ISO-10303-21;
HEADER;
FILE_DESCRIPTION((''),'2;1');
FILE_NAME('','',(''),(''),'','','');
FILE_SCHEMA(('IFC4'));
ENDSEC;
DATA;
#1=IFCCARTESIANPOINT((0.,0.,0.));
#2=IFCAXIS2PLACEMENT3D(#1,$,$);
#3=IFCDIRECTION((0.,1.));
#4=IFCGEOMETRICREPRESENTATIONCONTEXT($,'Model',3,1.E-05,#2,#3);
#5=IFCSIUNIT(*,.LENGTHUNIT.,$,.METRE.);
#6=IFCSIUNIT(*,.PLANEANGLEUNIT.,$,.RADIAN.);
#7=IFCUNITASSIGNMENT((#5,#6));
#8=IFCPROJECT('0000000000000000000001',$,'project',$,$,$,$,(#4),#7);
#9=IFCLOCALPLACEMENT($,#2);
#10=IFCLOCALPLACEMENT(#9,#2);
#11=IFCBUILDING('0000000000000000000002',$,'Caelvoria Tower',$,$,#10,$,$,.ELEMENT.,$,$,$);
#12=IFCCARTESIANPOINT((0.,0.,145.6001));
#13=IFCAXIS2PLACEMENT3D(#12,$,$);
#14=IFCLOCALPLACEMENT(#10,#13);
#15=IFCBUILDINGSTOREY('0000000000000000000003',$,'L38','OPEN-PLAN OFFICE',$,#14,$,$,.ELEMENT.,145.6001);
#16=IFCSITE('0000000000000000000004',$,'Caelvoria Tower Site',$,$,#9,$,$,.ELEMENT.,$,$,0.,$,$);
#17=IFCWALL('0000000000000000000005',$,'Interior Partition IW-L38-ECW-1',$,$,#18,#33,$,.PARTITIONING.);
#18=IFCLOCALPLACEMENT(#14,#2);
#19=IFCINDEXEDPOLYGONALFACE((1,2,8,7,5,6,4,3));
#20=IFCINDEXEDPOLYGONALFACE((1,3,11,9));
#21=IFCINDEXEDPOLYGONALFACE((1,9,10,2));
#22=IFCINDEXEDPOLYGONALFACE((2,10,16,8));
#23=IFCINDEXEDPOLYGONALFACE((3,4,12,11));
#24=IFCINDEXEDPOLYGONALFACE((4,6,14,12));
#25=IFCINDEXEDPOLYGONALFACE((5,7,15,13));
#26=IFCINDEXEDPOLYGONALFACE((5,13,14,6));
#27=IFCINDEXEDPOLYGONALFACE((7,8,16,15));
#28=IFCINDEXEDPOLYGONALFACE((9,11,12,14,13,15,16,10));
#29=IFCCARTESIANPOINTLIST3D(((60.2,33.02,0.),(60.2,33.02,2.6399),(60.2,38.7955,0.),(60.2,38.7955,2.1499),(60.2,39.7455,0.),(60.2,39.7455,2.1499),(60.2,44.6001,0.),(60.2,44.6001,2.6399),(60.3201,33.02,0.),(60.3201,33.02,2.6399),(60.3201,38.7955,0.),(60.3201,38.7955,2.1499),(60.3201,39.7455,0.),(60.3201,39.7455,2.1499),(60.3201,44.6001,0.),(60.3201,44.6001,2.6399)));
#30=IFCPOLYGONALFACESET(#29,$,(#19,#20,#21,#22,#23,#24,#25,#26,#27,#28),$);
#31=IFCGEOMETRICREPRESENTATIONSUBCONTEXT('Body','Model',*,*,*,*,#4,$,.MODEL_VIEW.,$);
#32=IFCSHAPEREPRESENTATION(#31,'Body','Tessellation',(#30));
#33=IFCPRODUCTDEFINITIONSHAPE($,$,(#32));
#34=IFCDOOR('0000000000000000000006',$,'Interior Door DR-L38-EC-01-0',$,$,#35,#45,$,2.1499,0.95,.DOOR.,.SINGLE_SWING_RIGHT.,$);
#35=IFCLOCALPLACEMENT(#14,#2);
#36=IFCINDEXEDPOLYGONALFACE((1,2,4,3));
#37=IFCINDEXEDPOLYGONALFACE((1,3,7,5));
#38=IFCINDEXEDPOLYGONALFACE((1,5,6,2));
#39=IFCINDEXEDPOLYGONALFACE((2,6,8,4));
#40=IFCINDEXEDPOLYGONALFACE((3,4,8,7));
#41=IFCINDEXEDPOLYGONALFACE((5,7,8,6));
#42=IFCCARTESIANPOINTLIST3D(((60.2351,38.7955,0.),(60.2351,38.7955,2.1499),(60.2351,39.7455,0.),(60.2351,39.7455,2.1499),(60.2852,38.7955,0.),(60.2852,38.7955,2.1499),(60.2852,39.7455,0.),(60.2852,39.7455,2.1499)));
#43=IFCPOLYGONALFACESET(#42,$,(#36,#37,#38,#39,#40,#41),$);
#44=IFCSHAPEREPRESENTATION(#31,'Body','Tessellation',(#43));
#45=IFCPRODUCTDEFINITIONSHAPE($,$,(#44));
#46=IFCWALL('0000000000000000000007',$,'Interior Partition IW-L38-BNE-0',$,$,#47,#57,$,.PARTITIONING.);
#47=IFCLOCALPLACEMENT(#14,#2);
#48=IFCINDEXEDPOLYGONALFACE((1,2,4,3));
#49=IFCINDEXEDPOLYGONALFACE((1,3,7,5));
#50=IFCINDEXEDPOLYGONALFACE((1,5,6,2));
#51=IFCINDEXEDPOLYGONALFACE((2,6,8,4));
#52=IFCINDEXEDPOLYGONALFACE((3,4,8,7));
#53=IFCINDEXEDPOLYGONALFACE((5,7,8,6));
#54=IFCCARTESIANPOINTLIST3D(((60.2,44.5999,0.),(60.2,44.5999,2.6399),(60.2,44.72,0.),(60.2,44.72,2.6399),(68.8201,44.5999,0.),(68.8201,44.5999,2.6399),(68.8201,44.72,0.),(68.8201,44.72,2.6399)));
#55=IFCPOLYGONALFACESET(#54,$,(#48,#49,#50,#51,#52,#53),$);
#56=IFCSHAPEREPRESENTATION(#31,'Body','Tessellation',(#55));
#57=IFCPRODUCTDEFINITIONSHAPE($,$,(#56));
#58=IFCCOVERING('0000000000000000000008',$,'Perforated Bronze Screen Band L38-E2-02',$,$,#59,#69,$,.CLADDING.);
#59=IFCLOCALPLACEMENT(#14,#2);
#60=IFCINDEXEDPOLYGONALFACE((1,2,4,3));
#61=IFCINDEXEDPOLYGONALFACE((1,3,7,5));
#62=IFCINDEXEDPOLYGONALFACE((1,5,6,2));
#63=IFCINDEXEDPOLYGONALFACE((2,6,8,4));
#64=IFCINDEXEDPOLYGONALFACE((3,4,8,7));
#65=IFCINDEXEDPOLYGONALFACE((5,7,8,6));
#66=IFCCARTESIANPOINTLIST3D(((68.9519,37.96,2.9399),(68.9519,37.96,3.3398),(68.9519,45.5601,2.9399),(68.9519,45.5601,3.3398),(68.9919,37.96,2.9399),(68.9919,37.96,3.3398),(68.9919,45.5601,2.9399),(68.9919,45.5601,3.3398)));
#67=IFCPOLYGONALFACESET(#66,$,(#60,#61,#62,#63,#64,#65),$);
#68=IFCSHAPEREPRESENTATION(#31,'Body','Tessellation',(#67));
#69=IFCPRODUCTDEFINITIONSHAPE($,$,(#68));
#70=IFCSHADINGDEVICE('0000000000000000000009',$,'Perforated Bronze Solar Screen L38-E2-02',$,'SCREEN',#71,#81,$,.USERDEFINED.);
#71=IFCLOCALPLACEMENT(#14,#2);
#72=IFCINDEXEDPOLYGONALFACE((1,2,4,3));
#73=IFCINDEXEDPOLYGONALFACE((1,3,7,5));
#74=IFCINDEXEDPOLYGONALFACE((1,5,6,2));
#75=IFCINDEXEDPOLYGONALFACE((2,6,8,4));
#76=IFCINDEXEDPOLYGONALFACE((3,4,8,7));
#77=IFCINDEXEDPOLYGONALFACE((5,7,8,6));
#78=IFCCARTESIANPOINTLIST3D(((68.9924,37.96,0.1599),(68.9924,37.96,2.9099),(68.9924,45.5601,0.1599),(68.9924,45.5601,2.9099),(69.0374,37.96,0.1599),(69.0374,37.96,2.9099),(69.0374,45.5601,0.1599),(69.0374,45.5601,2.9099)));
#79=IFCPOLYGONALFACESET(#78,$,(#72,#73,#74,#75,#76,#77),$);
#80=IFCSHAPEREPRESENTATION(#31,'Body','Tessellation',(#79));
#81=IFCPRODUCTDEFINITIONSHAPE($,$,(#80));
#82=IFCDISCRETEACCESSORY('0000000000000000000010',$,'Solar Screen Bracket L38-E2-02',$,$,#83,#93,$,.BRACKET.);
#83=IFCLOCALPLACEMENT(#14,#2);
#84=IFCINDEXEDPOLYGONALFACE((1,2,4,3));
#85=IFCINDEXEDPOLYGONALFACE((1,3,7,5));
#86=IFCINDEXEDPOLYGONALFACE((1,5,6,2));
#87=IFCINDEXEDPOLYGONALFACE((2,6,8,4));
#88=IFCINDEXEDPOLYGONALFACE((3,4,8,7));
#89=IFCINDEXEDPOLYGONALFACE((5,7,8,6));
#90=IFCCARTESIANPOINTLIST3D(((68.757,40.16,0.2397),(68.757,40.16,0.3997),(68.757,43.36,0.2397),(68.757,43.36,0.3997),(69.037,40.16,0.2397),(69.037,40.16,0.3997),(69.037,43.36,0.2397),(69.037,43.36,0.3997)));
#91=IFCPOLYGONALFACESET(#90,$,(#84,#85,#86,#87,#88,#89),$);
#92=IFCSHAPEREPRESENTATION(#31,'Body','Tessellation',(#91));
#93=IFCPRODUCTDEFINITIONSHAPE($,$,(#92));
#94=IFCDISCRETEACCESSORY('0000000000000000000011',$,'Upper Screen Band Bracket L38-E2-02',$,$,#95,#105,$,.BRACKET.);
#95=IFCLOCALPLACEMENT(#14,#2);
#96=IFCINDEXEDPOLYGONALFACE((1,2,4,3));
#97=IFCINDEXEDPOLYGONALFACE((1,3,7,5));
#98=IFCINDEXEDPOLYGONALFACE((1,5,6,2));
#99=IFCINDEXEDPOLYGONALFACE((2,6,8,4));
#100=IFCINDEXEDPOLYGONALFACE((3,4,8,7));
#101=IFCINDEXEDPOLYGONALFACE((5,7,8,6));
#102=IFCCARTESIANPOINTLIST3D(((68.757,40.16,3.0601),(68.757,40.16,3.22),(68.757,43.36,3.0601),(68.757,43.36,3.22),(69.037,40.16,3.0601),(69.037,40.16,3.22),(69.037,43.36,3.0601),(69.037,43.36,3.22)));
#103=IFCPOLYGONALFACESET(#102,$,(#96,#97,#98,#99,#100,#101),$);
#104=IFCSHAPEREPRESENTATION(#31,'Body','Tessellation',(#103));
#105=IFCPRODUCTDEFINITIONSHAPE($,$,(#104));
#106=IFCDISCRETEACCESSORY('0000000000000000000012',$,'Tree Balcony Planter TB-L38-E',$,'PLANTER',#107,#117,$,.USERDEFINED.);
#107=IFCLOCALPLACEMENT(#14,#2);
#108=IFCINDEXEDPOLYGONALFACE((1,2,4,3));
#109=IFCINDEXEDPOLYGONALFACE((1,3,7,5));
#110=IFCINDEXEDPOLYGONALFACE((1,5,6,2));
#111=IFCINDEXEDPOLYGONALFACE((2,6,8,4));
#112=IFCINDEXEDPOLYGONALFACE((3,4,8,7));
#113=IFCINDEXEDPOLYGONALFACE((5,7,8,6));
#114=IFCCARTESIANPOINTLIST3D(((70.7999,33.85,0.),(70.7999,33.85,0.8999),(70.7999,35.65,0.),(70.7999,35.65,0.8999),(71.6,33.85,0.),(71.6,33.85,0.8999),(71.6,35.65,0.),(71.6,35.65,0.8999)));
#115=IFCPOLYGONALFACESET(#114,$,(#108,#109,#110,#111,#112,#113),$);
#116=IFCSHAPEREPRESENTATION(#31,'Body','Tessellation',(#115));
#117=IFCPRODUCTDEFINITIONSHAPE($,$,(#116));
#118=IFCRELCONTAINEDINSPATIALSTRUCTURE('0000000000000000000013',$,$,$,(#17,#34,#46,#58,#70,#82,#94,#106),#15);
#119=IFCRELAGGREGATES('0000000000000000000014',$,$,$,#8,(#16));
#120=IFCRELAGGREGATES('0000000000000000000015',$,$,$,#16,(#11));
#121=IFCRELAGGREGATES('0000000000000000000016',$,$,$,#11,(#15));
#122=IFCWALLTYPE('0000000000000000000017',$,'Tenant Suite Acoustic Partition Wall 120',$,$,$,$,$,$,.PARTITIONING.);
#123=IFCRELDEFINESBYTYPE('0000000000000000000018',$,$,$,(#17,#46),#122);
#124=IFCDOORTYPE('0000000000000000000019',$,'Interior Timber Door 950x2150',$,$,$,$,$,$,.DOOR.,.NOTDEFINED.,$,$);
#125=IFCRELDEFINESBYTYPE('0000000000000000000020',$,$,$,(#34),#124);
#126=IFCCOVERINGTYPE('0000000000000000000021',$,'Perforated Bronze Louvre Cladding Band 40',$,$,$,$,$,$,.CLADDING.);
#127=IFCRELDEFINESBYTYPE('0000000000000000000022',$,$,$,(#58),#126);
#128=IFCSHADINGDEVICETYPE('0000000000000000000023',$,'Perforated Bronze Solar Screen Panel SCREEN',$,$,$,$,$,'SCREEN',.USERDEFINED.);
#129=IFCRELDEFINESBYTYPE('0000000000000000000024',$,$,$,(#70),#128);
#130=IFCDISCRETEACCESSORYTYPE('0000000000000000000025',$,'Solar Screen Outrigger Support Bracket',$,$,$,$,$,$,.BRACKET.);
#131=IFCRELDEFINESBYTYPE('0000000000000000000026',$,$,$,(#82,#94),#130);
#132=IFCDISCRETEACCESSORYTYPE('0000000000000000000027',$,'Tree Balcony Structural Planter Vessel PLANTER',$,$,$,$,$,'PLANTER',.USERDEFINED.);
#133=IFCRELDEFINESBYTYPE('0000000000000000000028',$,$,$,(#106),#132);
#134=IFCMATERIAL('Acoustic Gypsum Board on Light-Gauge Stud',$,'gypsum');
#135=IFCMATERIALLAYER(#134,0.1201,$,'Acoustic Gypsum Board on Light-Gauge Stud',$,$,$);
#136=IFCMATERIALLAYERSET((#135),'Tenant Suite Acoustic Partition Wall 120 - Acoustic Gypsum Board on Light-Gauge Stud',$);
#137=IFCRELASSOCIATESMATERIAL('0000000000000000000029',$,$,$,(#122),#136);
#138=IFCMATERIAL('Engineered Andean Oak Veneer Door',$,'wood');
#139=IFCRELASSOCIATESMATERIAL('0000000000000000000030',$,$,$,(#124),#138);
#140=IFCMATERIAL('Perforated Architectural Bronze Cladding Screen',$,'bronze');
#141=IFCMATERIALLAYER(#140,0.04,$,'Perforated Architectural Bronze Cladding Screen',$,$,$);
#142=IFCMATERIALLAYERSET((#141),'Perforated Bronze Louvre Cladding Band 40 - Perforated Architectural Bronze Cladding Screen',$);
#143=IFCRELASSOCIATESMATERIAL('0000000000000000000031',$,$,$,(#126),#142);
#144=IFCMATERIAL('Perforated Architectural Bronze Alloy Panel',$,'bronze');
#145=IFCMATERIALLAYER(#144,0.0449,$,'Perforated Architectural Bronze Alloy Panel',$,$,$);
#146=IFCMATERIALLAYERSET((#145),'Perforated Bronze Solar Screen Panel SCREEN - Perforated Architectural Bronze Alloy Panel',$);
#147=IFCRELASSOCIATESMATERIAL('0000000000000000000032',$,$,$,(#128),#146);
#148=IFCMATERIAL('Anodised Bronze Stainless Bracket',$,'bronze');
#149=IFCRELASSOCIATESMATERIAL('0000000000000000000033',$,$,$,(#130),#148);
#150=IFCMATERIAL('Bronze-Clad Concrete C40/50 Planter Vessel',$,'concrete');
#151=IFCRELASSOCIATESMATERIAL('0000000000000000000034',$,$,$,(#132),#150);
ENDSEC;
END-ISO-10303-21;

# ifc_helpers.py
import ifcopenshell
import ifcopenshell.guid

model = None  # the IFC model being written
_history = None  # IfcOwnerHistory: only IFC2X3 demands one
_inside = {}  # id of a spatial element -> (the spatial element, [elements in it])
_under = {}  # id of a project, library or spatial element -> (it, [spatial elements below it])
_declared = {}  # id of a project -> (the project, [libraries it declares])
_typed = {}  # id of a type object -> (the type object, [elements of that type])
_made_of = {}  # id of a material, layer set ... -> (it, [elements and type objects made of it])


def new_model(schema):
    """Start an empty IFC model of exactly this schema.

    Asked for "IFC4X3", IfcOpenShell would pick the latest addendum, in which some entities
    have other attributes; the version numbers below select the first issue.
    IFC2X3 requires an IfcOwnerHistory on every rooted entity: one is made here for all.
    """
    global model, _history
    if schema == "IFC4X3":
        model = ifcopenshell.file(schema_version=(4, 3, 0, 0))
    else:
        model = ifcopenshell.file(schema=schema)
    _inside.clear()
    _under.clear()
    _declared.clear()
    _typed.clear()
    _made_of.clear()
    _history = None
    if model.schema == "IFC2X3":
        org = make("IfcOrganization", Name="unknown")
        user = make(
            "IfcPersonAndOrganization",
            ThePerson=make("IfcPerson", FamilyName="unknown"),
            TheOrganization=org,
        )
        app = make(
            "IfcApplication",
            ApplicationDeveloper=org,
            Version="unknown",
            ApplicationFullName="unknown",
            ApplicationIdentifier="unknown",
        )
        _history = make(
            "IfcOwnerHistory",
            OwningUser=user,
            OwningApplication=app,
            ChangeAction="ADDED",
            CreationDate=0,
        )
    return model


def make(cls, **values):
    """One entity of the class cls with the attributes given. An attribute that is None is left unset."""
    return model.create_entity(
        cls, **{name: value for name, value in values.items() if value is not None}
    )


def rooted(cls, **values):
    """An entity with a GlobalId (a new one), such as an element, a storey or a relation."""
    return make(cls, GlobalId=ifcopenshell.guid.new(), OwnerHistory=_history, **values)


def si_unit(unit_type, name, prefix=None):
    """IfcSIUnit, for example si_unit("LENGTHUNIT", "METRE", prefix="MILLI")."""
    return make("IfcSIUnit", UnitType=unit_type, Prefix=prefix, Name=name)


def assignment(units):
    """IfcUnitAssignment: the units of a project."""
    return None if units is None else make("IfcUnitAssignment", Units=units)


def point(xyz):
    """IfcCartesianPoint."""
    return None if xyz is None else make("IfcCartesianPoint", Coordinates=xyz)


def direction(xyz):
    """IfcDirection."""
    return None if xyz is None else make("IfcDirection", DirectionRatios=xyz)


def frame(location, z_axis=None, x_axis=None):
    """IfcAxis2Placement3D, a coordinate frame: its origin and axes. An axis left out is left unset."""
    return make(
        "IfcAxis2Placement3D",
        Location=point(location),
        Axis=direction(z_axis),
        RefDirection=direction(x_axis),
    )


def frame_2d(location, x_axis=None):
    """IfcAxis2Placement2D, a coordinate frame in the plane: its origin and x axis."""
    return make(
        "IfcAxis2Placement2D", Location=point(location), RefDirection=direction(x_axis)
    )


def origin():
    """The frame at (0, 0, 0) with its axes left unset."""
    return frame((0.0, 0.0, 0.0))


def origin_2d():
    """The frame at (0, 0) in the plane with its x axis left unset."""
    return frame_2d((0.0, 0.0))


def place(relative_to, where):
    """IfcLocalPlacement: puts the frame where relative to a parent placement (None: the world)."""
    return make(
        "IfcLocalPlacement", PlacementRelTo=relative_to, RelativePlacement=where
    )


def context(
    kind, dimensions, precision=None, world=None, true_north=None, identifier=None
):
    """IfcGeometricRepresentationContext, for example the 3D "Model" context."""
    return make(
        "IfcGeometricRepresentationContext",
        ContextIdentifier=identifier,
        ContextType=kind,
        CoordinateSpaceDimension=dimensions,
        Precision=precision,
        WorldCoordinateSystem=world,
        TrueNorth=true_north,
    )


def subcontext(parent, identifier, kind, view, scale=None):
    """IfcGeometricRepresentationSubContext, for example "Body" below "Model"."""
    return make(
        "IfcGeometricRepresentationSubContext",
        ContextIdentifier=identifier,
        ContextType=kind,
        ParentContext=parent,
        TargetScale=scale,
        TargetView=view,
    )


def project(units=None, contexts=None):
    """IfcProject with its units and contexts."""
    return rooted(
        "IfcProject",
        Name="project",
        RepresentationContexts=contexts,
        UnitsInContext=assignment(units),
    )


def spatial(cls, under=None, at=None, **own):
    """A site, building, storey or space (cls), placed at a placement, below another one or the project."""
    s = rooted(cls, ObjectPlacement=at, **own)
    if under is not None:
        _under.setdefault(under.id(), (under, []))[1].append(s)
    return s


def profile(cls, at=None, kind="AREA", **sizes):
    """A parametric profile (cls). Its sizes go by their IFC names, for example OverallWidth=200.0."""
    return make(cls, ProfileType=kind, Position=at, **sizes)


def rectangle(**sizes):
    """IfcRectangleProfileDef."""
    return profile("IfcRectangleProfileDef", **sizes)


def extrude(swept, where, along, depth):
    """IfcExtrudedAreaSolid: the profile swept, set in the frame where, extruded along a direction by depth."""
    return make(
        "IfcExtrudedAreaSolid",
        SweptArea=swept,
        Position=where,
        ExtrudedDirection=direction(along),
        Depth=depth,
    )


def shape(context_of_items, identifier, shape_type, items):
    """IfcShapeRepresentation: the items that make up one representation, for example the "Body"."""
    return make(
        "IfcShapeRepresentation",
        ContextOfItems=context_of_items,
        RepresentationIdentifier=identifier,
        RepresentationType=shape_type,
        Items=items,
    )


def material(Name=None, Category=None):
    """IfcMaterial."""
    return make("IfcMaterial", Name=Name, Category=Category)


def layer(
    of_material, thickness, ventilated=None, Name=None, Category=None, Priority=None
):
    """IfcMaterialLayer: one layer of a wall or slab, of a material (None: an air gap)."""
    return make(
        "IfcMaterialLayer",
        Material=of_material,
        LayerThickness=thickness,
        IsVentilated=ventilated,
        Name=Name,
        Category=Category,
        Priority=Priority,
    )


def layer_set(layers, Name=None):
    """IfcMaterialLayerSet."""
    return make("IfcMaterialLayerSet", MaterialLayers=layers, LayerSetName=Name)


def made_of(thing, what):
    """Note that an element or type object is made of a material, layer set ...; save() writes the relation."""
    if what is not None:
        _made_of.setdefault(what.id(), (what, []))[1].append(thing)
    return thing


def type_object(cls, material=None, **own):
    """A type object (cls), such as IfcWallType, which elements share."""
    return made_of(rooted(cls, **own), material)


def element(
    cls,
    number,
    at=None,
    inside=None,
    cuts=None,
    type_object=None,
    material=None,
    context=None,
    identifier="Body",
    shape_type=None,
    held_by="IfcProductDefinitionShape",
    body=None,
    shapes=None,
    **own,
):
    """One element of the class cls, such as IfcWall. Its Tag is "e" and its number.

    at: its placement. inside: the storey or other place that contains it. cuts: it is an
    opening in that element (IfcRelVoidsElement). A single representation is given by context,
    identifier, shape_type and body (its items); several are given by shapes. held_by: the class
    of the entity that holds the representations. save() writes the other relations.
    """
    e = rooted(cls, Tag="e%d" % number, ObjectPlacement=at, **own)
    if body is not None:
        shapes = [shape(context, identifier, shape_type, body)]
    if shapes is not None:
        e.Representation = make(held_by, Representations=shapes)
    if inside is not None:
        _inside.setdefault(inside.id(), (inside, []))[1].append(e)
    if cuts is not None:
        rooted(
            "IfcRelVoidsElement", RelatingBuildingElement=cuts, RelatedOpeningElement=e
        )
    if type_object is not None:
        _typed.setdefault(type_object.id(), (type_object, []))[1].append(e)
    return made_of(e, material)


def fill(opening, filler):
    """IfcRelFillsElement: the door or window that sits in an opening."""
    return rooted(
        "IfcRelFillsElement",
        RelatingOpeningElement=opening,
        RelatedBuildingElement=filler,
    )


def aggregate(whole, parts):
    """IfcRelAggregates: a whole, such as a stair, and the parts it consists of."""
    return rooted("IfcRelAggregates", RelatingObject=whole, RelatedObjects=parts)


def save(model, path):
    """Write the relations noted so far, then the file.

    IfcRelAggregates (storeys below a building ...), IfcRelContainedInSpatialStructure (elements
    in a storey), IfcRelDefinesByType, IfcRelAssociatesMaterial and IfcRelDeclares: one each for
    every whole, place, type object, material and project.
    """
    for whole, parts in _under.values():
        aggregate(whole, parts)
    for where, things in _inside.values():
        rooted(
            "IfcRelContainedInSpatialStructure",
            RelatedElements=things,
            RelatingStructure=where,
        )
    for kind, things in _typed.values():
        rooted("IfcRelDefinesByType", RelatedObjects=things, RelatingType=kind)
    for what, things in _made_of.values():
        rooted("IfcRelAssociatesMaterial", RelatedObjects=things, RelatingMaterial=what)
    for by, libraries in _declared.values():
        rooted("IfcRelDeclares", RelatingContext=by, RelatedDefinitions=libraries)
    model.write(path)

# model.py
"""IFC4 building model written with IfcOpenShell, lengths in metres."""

from ifc_helpers import new_model, si_unit, direction, frame, frame_2d, origin, origin_2d, place, context, subcontext, project, spatial, rectangle, extrude, material, layer, layer_set, type_object, element, fill, save


model = new_model("IFC4")

# Units and contexts
model_context = context("Model", 3, precision=1e-05, world=origin(), true_north=direction((0.0, 1.0)))
body_context = subcontext(model_context, "Body", "Model", "MODEL_VIEW")
ifc_project = project(units=[si_unit("LENGTHUNIT", "METRE"), si_unit("PLANEANGLEUNIT", "RADIAN")], contexts=[model_context])

# Site, building, storey
site_placement = place(None, origin())
site = spatial("IfcSite", under=ifc_project, at=site_placement, Name="Caelvoria Tower Site", CompositionType="ELEMENT", RefElevation=0.0)
building_placement = place(site_placement, origin())
building = spatial("IfcBuilding", under=site, at=building_placement, Name="Caelvoria Tower", CompositionType="ELEMENT")
storey_placement = place(building_placement, frame((0.0, 0.0, 145.6001)))
storey = spatial("IfcBuildingStorey", under=building, at=storey_placement, Name="L38", Description="OPEN-PLAN OFFICE", CompositionType="ELEMENT", Elevation=145.6001)

# Wall, opening, door
ifc_material_1 = material(Name="Acoustic Gypsum Board on Light-Gauge Stud", Category="gypsum")
ifc_layer_1 = layer(ifc_material_1, 0.1201, Name="Acoustic Gypsum Board on Light-Gauge Stud")
ifc_layer_set_1 = layer_set([ifc_layer_1], Name="Tenant Suite Acoustic Partition Wall 120 - Acoustic Gypsum Board on Light-Gauge Stud")
wall_type_1 = type_object("IfcWallType", Name="Tenant Suite Acoustic Partition Wall 120", PredefinedType="PARTITIONING", material=ifc_layer_set_1)
ifc_material_2 = material(Name="Engineered Andean Oak Veneer Door", Category="wood")
wall_1_placement = place(storey_placement, frame((60.26, 33.02, 0.0), z_axis=(0.0, 0.0, 1.0), x_axis=(0.0, 1.0, 0.0)))
wall_1 = element("IfcWall", 1, at=wall_1_placement, inside=storey, type_object=wall_type_1, Name="Interior Partition IW-L38-ECW-1", PredefinedType="PARTITIONING", context=body_context, shape_type="SweptSolid", body=[
    extrude(rectangle(XDim=11.5801, YDim=0.1201, at=frame_2d((5.79, 0.0))), origin(), (0.0, 0.0, 1.0), 2.6399),
])
opening_1_placement = place(wall_1_placement, frame((5.7754, 0.0, 0.0)))
opening_1 = element("IfcOpeningElement", 2, at=opening_1_placement, cuts=wall_1, PredefinedType="OPENING", context=body_context, shape_type="SweptSolid", body=[
    extrude(rectangle(XDim=0.95, YDim=2.1499, at=frame_2d((0.4751, 1.075))), frame((0.0, 0.0701, 0.0), z_axis=(0.0, -1.0, 0.0), x_axis=(1.0, 0.0, 0.0)), (0.0, 0.0, 1.0), 0.1401),
])
door_type_1 = type_object("IfcDoorType", Name="Interior Timber Door 950x2150", OperationType="NOTDEFINED", PredefinedType="DOOR", material=ifc_material_2)
door_1_placement = place(opening_1_placement, origin())
door_1 = element("IfcDoor", 3, at=door_1_placement, inside=storey, type_object=door_type_1, Name="Interior Door DR-L38-EC-01-0", OperationType="SINGLE_SWING_RIGHT", OverallHeight=2.1499, OverallWidth=0.95, PredefinedType="DOOR", context=body_context, shape_type="SweptSolid", body=[
    extrude(rectangle(XDim=0.95, YDim=2.1499, at=frame_2d((0.4751, 1.075))), frame((0.0, 0.0249, 0.0), z_axis=(0.0, -1.0, 0.0), x_axis=(1.0, 0.0, 0.0)), (0.0, 0.0, 1.0), 0.05),
])
fill(opening_1, door_1)

# Wall
wall_2_placement = place(storey_placement, frame((60.2, 44.6599, 0.0), z_axis=(0.0, 0.0, 1.0), x_axis=(1.0, 0.0, 0.0)))
element("IfcWall", 4, at=wall_2_placement, inside=storey, type_object=wall_type_1, Name="Interior Partition IW-L38-BNE-0", PredefinedType="PARTITIONING", context=body_context, shape_type="SweptSolid", body=[
    extrude(rectangle(XDim=8.6201, YDim=0.1201, at=frame_2d((4.3101, 0.0))), origin(), (0.0, 0.0, 1.0), 2.6399),
])

# Covering
ifc_material_3 = material(Name="Perforated Architectural Bronze Cladding Screen", Category="bronze")
ifc_layer_2 = layer(ifc_material_3, 0.04, Name="Perforated Architectural Bronze Cladding Screen")
ifc_layer_set_2 = layer_set([ifc_layer_2], Name="Perforated Bronze Louvre Cladding Band 40 - Perforated Architectural Bronze Cladding Screen")
covering_type = type_object("IfcCoveringType", Name="Perforated Bronze Louvre Cladding Band 40", PredefinedType="CLADDING", material=ifc_layer_set_2)
covering_placement = place(storey_placement, frame((68.9719, 41.76, 2.9399), z_axis=(0.0, 0.0, 1.0), x_axis=(0.0, 1.0, 0.0)))
element("IfcCovering", 5, at=covering_placement, inside=storey, type_object=covering_type, Name="Perforated Bronze Screen Band L38-E2-02", PredefinedType="CLADDING", context=body_context, shape_type="SweptSolid", body=[
    extrude(rectangle(XDim=7.6001, YDim=0.04, at=origin_2d()), origin(), (0.0, 0.0, 1.0), 0.3999),
])

# Shading device
ifc_material_4 = material(Name="Perforated Architectural Bronze Alloy Panel", Category="bronze")
ifc_layer_3 = layer(ifc_material_4, 0.0449, Name="Perforated Architectural Bronze Alloy Panel")
ifc_layer_set_3 = layer_set([ifc_layer_3], Name="Perforated Bronze Solar Screen Panel SCREEN - Perforated Architectural Bronze Alloy Panel")
shading_device_type = type_object("IfcShadingDeviceType", Name="Perforated Bronze Solar Screen Panel SCREEN", ElementType="SCREEN", PredefinedType="USERDEFINED", material=ifc_layer_set_3)
shading_device_placement = place(storey_placement, frame((69.0149, 41.76, 0.1599), z_axis=(0.0, 0.0, 1.0), x_axis=(0.0, 1.0, 0.0)))
element("IfcShadingDevice", 6, at=shading_device_placement, inside=storey, type_object=shading_device_type, Name="Perforated Bronze Solar Screen L38-E2-02", ObjectType="SCREEN", PredefinedType="USERDEFINED", context=body_context, shape_type="SweptSolid", body=[
    extrude(rectangle(XDim=7.6001, YDim=0.0449, at=origin_2d()), origin(), (0.0, 0.0, 1.0), 2.75),
])

# Discrete accessories
ifc_material_5 = material(Name="Anodised Bronze Stainless Bracket", Category="bronze")
discrete_accessory_type_1 = type_object("IfcDiscreteAccessoryType", Name="Solar Screen Outrigger Support Bracket", PredefinedType="BRACKET", material=ifc_material_5)
for number, where, z_axis, x_axis, name in (
    (7, (68.897, 41.76, 0.2397), (0.0, 0.0, 1.0), (0.0, 1.0, 0.0), "Solar Screen Bracket L38-E2-02"),
    (8, (68.897, 41.76, 3.0601), (0.0, 0.0, 1.0), (0.0, 1.0, 0.0), "Upper Screen Band Bracket L38-E2-02"),
):
    element("IfcDiscreteAccessory", number, at=place(storey_placement, frame(where, z_axis=z_axis, x_axis=x_axis)), inside=storey, type_object=discrete_accessory_type_1, Name=name, PredefinedType="BRACKET", context=body_context, shape_type="SweptSolid", body=[
        extrude(rectangle(XDim=3.2, YDim=0.28, at=origin_2d()), origin(), (0.0, 0.0, 1.0), 0.1599),
    ])
ifc_material_6 = material(Name="Bronze-Clad Concrete C40/50 Planter Vessel", Category="concrete")
discrete_accessory_type_2 = type_object("IfcDiscreteAccessoryType", Name="Tree Balcony Structural Planter Vessel PLANTER", ElementType="PLANTER", PredefinedType="USERDEFINED", material=ifc_material_6)
discrete_accessory_placement = place(storey_placement, frame((71.2, 34.75, 0.0), z_axis=(0.0, 0.0, 1.0), x_axis=(0.0, 1.0, 0.0)))
element("IfcDiscreteAccessory", 9, at=discrete_accessory_placement, inside=storey, type_object=discrete_accessory_type_2, Name="Tree Balcony Planter TB-L38-E", ObjectType="PLANTER", PredefinedType="USERDEFINED", context=body_context, shape_type="SweptSolid", body=[
    extrude(rectangle(XDim=1.8, YDim=0.8, at=origin_2d()), origin(), (0.0, 0.0, 1.0), 0.8999),
])

save(model, "model.ifc")
